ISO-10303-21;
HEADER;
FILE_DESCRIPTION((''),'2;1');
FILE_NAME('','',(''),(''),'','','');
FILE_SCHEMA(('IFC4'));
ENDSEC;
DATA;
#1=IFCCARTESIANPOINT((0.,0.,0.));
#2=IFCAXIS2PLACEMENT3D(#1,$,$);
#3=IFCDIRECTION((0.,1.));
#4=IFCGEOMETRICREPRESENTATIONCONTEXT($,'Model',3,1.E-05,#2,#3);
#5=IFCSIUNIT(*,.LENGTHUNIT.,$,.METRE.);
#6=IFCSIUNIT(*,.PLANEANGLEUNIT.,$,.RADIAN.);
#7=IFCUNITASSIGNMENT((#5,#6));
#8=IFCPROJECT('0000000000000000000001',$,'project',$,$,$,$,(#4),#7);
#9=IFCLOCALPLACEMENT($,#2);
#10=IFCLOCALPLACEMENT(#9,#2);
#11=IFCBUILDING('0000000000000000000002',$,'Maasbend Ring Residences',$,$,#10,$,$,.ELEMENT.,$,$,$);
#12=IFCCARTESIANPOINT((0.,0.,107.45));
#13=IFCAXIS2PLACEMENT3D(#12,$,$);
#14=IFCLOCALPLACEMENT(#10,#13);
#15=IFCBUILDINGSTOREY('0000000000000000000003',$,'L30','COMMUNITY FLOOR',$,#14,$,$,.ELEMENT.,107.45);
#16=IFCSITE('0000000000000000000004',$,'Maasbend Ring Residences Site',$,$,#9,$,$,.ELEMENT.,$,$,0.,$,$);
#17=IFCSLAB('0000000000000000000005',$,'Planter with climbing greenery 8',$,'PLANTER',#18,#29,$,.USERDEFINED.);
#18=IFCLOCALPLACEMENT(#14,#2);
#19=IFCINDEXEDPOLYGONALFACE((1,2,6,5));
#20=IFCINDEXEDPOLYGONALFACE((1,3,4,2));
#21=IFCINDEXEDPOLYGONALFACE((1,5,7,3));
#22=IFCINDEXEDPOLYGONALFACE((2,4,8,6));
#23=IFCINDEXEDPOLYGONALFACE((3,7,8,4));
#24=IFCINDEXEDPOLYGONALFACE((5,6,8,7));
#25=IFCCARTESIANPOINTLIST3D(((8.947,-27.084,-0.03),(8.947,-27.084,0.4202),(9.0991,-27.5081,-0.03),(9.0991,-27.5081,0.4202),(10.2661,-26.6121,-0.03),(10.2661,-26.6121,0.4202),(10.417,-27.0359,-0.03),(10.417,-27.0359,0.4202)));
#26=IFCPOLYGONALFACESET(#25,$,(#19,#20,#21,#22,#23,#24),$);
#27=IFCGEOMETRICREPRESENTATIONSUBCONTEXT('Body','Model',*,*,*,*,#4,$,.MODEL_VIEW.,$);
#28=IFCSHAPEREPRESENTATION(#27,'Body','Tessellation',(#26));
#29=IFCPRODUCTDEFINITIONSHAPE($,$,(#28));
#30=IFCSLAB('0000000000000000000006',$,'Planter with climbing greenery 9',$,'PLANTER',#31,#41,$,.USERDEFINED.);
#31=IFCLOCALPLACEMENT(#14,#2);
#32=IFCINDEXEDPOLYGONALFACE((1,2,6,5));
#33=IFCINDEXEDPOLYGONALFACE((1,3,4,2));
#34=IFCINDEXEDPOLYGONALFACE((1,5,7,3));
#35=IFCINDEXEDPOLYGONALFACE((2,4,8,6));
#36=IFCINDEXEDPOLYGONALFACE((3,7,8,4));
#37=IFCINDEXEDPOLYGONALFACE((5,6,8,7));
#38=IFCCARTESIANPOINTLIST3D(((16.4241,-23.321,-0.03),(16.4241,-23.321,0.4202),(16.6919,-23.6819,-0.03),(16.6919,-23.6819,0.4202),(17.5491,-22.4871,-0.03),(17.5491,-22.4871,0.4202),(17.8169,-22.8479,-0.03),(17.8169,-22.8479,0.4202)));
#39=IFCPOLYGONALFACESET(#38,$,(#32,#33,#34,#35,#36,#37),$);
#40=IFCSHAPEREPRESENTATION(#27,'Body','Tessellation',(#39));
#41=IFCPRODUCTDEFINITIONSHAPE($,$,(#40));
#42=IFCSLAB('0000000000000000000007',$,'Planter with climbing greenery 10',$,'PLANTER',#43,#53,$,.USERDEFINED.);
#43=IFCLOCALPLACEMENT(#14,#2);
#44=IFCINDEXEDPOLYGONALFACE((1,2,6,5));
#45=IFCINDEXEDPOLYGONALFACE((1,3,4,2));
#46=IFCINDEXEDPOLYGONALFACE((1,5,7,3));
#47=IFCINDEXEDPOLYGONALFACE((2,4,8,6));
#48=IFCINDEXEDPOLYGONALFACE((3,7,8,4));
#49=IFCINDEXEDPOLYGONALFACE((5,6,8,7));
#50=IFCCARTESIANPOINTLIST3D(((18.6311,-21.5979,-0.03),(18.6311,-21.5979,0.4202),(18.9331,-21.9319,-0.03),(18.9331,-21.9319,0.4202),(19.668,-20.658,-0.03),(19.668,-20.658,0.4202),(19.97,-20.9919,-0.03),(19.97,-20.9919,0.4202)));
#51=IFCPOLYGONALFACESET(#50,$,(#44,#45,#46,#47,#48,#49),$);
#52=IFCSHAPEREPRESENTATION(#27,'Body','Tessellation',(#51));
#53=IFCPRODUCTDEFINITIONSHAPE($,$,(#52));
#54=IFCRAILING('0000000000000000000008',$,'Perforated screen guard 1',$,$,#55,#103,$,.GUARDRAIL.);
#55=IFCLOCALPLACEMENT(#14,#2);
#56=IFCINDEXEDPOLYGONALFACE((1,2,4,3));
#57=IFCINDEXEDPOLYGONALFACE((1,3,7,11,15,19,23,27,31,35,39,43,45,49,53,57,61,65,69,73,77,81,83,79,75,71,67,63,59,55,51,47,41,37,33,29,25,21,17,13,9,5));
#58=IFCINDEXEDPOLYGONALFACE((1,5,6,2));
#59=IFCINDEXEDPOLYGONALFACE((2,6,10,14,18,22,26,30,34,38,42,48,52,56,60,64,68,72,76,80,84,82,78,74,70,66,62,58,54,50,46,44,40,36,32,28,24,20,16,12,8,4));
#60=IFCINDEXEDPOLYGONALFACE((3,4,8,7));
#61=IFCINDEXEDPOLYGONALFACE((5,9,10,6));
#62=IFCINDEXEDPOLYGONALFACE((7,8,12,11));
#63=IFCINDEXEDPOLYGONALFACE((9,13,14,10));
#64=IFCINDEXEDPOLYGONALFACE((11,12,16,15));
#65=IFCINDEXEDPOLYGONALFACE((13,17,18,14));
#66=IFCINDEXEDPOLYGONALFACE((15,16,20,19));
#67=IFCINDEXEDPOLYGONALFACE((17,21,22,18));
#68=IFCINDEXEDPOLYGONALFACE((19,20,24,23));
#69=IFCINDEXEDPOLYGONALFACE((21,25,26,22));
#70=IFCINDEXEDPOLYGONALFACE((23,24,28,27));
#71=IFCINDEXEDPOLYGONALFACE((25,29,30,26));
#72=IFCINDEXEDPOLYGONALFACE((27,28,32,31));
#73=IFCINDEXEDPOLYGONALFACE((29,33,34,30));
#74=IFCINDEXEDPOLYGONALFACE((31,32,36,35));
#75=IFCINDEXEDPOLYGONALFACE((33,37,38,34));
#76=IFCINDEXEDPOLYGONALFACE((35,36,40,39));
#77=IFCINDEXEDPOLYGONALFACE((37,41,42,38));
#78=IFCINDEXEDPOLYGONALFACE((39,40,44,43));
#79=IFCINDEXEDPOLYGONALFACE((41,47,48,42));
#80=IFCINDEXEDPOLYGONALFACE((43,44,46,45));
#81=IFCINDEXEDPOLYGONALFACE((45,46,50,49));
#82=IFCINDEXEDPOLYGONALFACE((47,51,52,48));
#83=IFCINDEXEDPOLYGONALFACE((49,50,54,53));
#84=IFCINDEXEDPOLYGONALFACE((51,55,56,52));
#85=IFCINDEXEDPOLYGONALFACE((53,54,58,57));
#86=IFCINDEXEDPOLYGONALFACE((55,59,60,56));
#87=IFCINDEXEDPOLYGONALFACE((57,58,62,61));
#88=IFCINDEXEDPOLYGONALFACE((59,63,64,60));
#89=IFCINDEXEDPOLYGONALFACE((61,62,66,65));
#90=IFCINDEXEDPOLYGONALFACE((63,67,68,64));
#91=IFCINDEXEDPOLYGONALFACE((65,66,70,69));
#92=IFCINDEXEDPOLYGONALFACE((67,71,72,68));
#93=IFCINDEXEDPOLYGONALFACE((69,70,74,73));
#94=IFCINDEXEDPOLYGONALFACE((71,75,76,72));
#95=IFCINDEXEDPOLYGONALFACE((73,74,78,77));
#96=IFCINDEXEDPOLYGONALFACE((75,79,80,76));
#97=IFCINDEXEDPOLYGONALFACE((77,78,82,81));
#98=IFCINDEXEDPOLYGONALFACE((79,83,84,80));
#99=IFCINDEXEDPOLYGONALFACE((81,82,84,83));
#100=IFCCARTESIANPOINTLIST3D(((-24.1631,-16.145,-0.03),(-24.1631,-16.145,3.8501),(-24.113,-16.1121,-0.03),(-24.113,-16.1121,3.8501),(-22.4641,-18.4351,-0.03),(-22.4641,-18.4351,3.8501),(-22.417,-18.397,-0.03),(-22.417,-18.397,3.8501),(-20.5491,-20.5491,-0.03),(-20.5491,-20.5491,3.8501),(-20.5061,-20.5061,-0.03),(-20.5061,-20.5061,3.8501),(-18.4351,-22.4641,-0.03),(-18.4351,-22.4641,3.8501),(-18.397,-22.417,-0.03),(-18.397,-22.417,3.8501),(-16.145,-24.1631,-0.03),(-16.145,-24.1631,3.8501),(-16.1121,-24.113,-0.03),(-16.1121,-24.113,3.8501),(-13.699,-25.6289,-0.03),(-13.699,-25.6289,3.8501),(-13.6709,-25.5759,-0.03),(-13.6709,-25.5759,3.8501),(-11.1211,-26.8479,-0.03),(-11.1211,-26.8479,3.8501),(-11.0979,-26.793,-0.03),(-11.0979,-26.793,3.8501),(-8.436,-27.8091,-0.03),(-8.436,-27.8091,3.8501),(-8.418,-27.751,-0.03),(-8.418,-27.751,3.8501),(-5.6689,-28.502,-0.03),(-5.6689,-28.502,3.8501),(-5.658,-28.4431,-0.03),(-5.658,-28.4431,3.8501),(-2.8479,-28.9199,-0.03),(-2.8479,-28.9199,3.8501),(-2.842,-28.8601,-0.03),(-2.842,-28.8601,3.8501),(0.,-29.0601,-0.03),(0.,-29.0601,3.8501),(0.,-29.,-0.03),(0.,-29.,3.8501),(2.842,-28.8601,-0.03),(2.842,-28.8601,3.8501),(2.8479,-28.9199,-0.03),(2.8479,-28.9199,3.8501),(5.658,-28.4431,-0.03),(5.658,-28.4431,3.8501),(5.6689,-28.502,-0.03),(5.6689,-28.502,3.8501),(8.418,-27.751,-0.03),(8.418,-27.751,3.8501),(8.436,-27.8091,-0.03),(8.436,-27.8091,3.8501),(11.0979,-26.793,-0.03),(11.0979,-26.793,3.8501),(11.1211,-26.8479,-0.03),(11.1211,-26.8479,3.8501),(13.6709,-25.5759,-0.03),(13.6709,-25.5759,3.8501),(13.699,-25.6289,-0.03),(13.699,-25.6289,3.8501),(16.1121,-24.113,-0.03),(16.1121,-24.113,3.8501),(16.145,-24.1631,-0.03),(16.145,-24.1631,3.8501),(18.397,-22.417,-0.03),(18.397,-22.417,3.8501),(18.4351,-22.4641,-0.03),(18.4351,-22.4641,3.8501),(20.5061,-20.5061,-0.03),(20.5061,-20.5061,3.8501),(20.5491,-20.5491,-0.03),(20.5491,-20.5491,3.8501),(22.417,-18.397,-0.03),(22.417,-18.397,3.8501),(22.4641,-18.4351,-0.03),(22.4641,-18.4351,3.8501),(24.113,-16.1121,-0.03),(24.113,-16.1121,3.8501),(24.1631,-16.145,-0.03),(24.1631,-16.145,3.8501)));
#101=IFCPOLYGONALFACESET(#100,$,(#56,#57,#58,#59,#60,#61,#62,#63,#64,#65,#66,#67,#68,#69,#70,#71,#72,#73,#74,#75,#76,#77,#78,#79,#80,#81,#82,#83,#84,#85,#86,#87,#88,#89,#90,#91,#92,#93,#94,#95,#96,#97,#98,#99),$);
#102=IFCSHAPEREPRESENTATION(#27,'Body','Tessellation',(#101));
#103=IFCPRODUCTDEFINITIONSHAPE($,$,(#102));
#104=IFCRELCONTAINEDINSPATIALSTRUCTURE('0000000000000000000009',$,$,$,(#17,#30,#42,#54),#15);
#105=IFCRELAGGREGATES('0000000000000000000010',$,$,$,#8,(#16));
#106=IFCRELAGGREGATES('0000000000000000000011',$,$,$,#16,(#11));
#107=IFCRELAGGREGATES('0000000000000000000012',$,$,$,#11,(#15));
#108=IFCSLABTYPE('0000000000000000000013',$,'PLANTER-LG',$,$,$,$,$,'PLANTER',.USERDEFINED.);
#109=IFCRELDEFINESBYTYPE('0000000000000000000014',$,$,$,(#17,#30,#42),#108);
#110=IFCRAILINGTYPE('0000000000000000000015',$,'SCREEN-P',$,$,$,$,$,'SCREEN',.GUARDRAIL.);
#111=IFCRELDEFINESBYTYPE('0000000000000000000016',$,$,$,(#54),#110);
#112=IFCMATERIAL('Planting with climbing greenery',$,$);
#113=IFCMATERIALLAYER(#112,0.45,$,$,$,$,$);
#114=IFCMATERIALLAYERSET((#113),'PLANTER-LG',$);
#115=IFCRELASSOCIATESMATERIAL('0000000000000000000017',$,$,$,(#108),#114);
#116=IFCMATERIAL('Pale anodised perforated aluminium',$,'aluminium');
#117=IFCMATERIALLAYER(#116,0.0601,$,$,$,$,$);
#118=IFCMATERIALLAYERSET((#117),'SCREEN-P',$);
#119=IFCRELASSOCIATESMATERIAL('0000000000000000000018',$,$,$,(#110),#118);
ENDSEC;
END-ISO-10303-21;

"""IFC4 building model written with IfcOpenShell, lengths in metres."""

from ifc_helpers import new_model, si_unit, direction, frame, origin, place, context, subcontext, project, spatial, polyline, outline, extrude, material, layer, layer_set, type_object, element, save


model = new_model("IFC4")

# Units and contexts
model_context = context("Model", 3, precision=1e-05, world=origin(), true_north=direction((0.0, 1.0)))
body_context = subcontext(model_context, "Body", "Model", "MODEL_VIEW")
ifc_project = project(units=[si_unit("LENGTHUNIT", "METRE"), si_unit("PLANEANGLEUNIT", "RADIAN")], contexts=[model_context])

# Site, building, storey
site_placement = place(None, origin())
site = spatial("IfcSite", under=ifc_project, at=site_placement, Name="Maasbend Ring Residences Site", CompositionType="ELEMENT", RefElevation=0.0)
building_placement = place(site_placement, origin())
building = spatial("IfcBuilding", under=site, at=building_placement, Name="Maasbend Ring Residences", CompositionType="ELEMENT")
storey_placement = place(building_placement, frame((0.0, 0.0, 107.45)))
storey = spatial("IfcBuildingStorey", under=building, at=storey_placement, Name="L30", Description="COMMUNITY FLOOR", CompositionType="ELEMENT", Elevation=107.45)

# Slabs
ifc_material_1 = material(Name="Planting with climbing greenery")
ifc_layer_1 = layer(ifc_material_1, 0.45)
ifc_layer_set_1 = layer_set([ifc_layer_1], Name="PLANTER-LG")
slab_type = type_object("IfcSlabType", Name="PLANTER-LG", ElementType="PLANTER", PredefinedType="USERDEFINED", material=ifc_layer_set_1)
slab_1_placement = place(storey_placement, frame((0.0, 0.0, -0.03)))
element("IfcSlab", 1, at=slab_1_placement, inside=storey, type_object=slab_type, Name="Planter with climbing greenery 8", ObjectType="PLANTER", PredefinedType="USERDEFINED", context=body_context, shape_type="SweptSolid", body=[
    extrude(outline(polyline([(9.0991, -27.5081), (10.417, -27.0359), (10.2661, -26.6121), (8.947, -27.084), (9.0991, -27.5081)])), origin(), (0.0, 0.0, 1.0), 0.4502),
])
slab_2_placement = place(storey_placement, frame((0.0, 0.0, -0.03)))
element("IfcSlab", 2, at=slab_2_placement, inside=storey, type_object=slab_type, Name="Planter with climbing greenery 9", ObjectType="PLANTER", PredefinedType="USERDEFINED", context=body_context, shape_type="SweptSolid", body=[
    extrude(outline(polyline([(16.6919, -23.6819), (17.8169, -22.8479), (17.5491, -22.4871), (16.4241, -23.321), (16.6919, -23.6819)])), origin(), (0.0, 0.0, 1.0), 0.4502),
])
slab_3_placement = place(storey_placement, frame((0.0, 0.0, -0.03)))
element("IfcSlab", 3, at=slab_3_placement, inside=storey, type_object=slab_type, Name="Planter with climbing greenery 10", ObjectType="PLANTER", PredefinedType="USERDEFINED", context=body_context, shape_type="SweptSolid", body=[
    extrude(outline(polyline([(18.9331, -21.9319), (19.97, -20.9919), (19.668, -20.658), (18.6311, -21.5979), (18.9331, -21.9319)])), origin(), (0.0, 0.0, 1.0), 0.4502),
])

# Railing
ifc_material_2 = material(Name="Pale anodised perforated aluminium", Category="aluminium")
ifc_layer_2 = layer(ifc_material_2, 0.0601)
ifc_layer_set_2 = layer_set([ifc_layer_2], Name="SCREEN-P")
railing_type = type_object("IfcRailingType", Name="SCREEN-P", ElementType="SCREEN", PredefinedType="GUARDRAIL", material=ifc_layer_set_2)
railing_placement = place(storey_placement, frame((0.0, 0.0, -0.03)))
element("IfcRailing", 4, at=railing_placement, inside=storey, type_object=railing_type, Name="Perforated screen guard 1", PredefinedType="GUARDRAIL", context=body_context, shape_type="SweptSolid", body=[
    extrude(outline(polyline([(-24.113, -16.1121), (-22.417, -18.397), (-20.5061, -20.5061), (-18.397, -22.417), (-16.1121, -24.113), (-13.6709, -25.5759), (-11.0979, -26.793), (-8.418, -27.751), (-5.658, -28.4431), (-2.842, -28.8601), (0.0, -29.0), (2.842, -28.8601), (5.658, -28.4431), (8.418, -27.751), (11.0979, -26.793), (13.6709, -25.5759), (16.1121, -24.113), (18.397, -22.417), (20.5061, -20.5061), (22.417, -18.397), (24.113, -16.1121), (24.1631, -16.145), (22.4641, -18.4351), (20.5491, -20.5491), (18.4351, -22.4641), (16.145, -24.1631), (13.699, -25.6289), (11.1211, -26.8479), (8.436, -27.8091), (5.6689, -28.502), (2.8479, -28.9199), (0.0, -29.0601), (-2.8479, -28.9199), (-5.6689, -28.502), (-8.436, -27.8091), (-11.1211, -26.8479), (-13.699, -25.6289), (-16.145, -24.1631), (-18.4351, -22.4641), (-20.5491, -20.5491), (-22.4641, -18.4351), (-24.1631, -16.145), (-24.113, -16.1121)])), origin(), (0.0, 0.0, 1.0), 3.8801),
])

save(model, "model.ifc")
